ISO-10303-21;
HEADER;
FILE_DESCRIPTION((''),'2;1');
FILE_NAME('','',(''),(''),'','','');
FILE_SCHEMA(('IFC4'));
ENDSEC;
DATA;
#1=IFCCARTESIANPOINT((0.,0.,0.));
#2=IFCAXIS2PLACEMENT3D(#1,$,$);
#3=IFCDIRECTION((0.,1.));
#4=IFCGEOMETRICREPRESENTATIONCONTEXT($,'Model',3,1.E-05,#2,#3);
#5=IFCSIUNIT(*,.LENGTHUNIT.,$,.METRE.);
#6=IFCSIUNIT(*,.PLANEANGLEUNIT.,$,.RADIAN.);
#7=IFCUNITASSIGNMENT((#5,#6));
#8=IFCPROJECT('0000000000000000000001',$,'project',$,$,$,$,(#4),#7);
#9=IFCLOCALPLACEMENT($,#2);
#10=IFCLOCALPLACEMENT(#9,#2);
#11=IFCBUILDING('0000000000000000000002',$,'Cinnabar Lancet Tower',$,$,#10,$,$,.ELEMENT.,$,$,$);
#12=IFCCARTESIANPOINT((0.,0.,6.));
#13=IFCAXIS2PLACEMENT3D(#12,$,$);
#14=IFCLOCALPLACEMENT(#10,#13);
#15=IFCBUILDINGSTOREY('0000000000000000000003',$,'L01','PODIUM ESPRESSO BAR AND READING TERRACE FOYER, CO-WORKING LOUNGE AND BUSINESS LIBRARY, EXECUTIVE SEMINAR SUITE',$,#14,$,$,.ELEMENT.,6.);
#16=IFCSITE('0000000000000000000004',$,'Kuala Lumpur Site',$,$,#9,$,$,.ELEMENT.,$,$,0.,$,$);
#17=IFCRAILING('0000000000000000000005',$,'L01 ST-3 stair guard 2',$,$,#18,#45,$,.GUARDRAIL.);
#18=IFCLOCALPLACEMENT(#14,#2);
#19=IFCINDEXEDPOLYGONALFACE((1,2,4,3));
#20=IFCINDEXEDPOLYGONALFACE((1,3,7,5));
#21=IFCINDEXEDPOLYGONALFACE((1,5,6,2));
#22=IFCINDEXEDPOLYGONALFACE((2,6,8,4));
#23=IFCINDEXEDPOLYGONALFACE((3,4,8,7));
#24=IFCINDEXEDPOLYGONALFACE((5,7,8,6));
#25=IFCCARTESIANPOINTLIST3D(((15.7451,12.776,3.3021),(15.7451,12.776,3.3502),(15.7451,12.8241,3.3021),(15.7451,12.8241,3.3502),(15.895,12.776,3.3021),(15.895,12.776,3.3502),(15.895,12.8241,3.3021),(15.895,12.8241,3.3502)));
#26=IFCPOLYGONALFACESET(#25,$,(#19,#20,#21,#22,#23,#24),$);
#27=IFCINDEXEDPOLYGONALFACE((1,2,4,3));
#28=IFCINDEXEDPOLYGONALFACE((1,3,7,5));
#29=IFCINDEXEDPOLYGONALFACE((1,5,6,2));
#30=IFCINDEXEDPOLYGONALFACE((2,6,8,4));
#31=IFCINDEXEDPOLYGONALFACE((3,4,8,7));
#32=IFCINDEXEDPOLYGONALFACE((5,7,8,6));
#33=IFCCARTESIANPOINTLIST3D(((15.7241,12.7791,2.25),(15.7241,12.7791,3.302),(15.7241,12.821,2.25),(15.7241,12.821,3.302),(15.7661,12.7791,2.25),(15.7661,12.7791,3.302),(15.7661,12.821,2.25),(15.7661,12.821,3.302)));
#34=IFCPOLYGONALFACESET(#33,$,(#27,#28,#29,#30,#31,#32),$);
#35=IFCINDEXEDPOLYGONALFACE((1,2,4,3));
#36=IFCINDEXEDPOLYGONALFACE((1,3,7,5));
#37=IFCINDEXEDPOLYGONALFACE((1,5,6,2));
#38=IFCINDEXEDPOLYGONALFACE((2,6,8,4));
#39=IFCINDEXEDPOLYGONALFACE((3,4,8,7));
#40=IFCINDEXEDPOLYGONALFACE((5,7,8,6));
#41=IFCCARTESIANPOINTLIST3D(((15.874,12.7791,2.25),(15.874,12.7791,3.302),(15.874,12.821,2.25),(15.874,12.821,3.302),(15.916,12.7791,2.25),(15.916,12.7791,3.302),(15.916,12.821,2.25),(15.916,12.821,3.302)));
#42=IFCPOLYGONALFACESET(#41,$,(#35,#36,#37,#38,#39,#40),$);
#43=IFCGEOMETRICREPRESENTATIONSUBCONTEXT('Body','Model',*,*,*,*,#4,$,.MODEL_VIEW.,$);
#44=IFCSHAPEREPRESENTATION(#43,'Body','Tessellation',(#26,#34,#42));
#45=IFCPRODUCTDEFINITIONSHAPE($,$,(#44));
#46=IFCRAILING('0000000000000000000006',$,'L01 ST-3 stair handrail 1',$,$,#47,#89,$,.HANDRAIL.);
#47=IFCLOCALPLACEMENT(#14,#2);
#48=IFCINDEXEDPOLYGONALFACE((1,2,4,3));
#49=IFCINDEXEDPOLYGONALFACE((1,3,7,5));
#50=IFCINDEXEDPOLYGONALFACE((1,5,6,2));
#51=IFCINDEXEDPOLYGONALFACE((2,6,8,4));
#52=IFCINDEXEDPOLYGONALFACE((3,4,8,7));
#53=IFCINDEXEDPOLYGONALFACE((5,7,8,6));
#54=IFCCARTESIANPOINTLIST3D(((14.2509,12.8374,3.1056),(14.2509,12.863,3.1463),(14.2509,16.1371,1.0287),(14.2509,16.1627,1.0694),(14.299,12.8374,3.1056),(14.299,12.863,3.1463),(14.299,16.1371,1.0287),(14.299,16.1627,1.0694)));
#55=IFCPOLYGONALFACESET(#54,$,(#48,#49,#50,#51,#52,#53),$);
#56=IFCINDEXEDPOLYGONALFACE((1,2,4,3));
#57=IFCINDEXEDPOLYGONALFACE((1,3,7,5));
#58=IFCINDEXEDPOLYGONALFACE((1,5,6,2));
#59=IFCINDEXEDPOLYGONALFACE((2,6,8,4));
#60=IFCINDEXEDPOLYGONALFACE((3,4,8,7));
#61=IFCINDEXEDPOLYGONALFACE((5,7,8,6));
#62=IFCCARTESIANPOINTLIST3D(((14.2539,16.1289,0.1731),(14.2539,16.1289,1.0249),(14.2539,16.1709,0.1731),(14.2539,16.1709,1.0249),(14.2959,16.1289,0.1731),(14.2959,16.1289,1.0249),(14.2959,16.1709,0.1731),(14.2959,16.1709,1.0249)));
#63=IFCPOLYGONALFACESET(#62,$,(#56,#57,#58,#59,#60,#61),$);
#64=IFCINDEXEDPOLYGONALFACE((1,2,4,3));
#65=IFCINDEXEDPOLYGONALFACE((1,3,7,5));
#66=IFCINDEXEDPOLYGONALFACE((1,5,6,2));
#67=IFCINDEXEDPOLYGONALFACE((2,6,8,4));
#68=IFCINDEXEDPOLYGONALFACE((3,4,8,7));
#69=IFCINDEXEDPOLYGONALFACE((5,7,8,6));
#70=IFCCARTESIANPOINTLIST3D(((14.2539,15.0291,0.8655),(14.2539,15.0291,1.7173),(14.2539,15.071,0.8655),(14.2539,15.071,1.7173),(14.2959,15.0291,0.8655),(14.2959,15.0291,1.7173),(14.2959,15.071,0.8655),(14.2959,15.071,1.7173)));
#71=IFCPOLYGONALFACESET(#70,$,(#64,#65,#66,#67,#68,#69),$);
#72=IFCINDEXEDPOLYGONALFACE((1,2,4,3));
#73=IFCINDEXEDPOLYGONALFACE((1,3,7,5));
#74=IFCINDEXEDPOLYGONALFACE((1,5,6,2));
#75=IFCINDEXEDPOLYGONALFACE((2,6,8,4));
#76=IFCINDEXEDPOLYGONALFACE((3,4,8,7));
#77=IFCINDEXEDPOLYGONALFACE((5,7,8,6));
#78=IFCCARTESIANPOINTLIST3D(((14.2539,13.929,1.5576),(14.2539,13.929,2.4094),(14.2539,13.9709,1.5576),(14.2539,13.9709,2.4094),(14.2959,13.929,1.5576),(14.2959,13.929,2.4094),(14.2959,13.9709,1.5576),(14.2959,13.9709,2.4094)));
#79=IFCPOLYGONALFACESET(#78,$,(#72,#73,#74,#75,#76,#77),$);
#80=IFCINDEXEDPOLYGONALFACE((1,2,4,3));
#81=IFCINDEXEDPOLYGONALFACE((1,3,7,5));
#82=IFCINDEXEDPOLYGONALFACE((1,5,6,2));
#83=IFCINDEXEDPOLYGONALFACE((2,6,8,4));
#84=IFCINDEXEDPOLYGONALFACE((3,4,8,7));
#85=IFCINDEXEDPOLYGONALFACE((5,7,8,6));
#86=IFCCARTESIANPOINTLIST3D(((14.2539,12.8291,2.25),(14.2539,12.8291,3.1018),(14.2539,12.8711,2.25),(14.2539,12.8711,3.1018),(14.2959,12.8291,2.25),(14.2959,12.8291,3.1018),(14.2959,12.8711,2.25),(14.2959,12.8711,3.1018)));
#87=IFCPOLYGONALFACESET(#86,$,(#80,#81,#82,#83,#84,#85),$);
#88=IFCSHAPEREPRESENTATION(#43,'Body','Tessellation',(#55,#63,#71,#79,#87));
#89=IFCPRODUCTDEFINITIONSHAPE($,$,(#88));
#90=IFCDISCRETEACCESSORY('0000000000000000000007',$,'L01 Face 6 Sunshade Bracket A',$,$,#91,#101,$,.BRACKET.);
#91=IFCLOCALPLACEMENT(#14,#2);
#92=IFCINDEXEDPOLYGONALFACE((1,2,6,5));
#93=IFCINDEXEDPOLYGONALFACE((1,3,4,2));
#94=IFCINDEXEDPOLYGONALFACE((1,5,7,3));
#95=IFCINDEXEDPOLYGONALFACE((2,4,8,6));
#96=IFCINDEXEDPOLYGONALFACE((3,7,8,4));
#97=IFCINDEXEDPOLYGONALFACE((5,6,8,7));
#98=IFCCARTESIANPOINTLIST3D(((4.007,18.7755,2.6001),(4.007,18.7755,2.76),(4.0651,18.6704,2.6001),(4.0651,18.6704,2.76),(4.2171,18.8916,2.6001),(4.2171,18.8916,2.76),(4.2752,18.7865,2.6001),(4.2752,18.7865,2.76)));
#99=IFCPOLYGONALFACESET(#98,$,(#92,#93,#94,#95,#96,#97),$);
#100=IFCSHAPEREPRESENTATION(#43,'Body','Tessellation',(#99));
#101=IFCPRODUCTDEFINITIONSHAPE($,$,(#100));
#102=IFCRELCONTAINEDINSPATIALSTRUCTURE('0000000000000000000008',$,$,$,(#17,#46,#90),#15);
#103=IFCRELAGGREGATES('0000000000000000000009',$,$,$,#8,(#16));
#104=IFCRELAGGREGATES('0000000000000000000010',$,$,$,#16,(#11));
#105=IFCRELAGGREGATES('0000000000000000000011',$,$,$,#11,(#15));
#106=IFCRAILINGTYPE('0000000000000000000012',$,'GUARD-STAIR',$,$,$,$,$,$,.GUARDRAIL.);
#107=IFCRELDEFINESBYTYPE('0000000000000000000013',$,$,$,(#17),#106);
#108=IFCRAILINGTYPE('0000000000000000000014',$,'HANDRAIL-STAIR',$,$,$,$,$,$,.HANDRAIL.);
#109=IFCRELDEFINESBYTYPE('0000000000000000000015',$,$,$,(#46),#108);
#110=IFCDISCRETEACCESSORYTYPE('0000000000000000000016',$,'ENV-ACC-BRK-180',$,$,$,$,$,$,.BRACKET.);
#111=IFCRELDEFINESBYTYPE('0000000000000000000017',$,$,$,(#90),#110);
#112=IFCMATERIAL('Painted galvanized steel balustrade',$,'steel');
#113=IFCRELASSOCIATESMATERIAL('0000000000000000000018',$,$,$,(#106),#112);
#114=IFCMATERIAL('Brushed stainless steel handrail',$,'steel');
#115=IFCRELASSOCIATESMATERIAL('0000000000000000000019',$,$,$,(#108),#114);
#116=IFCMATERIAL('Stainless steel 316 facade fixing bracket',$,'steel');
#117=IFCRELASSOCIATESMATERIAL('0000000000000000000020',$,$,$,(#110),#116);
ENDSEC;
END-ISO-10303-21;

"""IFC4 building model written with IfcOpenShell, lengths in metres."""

from ifc_helpers import new_model, si_unit, direction, frame, origin, origin_2d, place, context, subcontext, project, spatial, rectangle, extrude, material, type_object, element, save


model = new_model("IFC4")

# Units and contexts
model_context = context("Model", 3, precision=1e-05, world=origin(), true_north=direction((0.0, 1.0)))
body_context = subcontext(model_context, "Body", "Model", "MODEL_VIEW")
ifc_project = project(units=[si_unit("LENGTHUNIT", "METRE"), si_unit("PLANEANGLEUNIT", "RADIAN")], contexts=[model_context])

# Site, building, storey
site_placement = place(None, origin())
site = spatial("IfcSite", under=ifc_project, at=site_placement, Name="Kuala Lumpur Site", CompositionType="ELEMENT", RefElevation=0.0)
building_placement = place(site_placement, origin())
building = spatial("IfcBuilding", under=site, at=building_placement, Name="Cinnabar Lancet Tower", CompositionType="ELEMENT")
storey_placement = place(building_placement, frame((0.0, 0.0, 6.0)))
storey = spatial("IfcBuildingStorey", under=building, at=storey_placement, Name="L01", Description="PODIUM ESPRESSO BAR AND READING TERRACE FOYER, CO-WORKING LOUNGE AND BUSINESS LIBRARY, EXECUTIVE SEMINAR SUITE", CompositionType="ELEMENT", Elevation=6.0)

# Railings
ifc_material_1 = material(Name="Painted galvanized steel balustrade", Category="steel")
railing_type_1 = type_object("IfcRailingType", Name="GUARD-STAIR", PredefinedType="GUARDRAIL", material=ifc_material_1)
railing_1_placement = place(storey_placement, frame((15.7451, 12.8, 2.25)))
element("IfcRailing", 1, at=railing_1_placement, inside=storey, type_object=railing_type_1, Name="L01 ST-3 stair guard 2", PredefinedType="GUARDRAIL", context=body_context, shape_type="SweptSolid", body=[
    extrude(rectangle(XDim=0.0481, YDim=0.0481, at=origin_2d()), frame((0.0, 0.0, 1.0762), z_axis=(1.0, 0.0, 0.0), x_axis=(0.0, 1.0, 0.0)), (0.0, 0.0, 1.0), 0.1499),
    extrude(rectangle(XDim=0.042, YDim=0.042, at=origin_2d()), origin(), (0.0, 0.0, 1.0), 1.052),
    extrude(rectangle(XDim=0.042, YDim=0.042, at=origin_2d()), frame((0.1499, 0.0, 0.0)), (0.0, 0.0, 1.0), 1.052),
])
ifc_material_2 = material(Name="Brushed stainless steel handrail", Category="steel")
railing_type_2 = type_object("IfcRailingType", Name="HANDRAIL-STAIR", PredefinedType="HANDRAIL", material=ifc_material_2)
railing_2_placement = place(storey_placement, frame((14.2749, 16.1499, 0.1731)))
element("IfcRailing", 2, at=railing_2_placement, inside=storey, type_object=railing_type_2, Name="L01 ST-3 stair handrail 1", PredefinedType="HANDRAIL", context=body_context, shape_type="SweptSolid", body=[
    extrude(rectangle(XDim=0.0481, YDim=0.0481, at=origin_2d()), frame((0.0, 0.0, 0.876), z_axis=(0.0, -0.84632, 0.532675), x_axis=(1.0, 0.0, 0.0)), (0.0, 0.0, 1.0), 3.8989),
    extrude(rectangle(XDim=0.042, YDim=0.042, at=origin_2d()), origin(), (0.0, 0.0, 1.0), 0.8518),
    extrude(rectangle(XDim=0.042, YDim=0.042, at=origin_2d()), frame((0.0, -1.0999, 0.6924)), (0.0, 0.0, 1.0), 0.8518),
    extrude(rectangle(XDim=0.042, YDim=0.042, at=origin_2d()), frame((0.0, -2.2, 1.3845)), (0.0, 0.0, 1.0), 0.8518),
    extrude(rectangle(XDim=0.042, YDim=0.042, at=origin_2d()), frame((0.0, -3.2998, 2.0769)), (0.0, 0.0, 1.0), 0.8518),
])

# Discrete accessory
ifc_material_3 = material(Name="Stainless steel 316 facade fixing bracket", Category="steel")
discrete_accessory_type = type_object("IfcDiscreteAccessoryType", Name="ENV-ACC-BRK-180", PredefinedType="BRACKET", material=ifc_material_3)
discrete_accessory_placement = place(storey_placement, frame((4.1411, 18.781, 2.6001), z_axis=(0.0, 0.0, 1.0), x_axis=(0.48368, -0.875245, 0.0)))
element("IfcDiscreteAccessory", 3, at=discrete_accessory_placement, inside=storey, type_object=discrete_accessory_type, Name="L01 Face 6 Sunshade Bracket A", PredefinedType="BRACKET", context=body_context, shape_type="SweptSolid", body=[
    extrude(rectangle(XDim=0.1201, YDim=0.24, at=origin_2d()), origin(), (0.0, 0.0, 1.0), 0.1599),
])

save(model, "model.ifc")
